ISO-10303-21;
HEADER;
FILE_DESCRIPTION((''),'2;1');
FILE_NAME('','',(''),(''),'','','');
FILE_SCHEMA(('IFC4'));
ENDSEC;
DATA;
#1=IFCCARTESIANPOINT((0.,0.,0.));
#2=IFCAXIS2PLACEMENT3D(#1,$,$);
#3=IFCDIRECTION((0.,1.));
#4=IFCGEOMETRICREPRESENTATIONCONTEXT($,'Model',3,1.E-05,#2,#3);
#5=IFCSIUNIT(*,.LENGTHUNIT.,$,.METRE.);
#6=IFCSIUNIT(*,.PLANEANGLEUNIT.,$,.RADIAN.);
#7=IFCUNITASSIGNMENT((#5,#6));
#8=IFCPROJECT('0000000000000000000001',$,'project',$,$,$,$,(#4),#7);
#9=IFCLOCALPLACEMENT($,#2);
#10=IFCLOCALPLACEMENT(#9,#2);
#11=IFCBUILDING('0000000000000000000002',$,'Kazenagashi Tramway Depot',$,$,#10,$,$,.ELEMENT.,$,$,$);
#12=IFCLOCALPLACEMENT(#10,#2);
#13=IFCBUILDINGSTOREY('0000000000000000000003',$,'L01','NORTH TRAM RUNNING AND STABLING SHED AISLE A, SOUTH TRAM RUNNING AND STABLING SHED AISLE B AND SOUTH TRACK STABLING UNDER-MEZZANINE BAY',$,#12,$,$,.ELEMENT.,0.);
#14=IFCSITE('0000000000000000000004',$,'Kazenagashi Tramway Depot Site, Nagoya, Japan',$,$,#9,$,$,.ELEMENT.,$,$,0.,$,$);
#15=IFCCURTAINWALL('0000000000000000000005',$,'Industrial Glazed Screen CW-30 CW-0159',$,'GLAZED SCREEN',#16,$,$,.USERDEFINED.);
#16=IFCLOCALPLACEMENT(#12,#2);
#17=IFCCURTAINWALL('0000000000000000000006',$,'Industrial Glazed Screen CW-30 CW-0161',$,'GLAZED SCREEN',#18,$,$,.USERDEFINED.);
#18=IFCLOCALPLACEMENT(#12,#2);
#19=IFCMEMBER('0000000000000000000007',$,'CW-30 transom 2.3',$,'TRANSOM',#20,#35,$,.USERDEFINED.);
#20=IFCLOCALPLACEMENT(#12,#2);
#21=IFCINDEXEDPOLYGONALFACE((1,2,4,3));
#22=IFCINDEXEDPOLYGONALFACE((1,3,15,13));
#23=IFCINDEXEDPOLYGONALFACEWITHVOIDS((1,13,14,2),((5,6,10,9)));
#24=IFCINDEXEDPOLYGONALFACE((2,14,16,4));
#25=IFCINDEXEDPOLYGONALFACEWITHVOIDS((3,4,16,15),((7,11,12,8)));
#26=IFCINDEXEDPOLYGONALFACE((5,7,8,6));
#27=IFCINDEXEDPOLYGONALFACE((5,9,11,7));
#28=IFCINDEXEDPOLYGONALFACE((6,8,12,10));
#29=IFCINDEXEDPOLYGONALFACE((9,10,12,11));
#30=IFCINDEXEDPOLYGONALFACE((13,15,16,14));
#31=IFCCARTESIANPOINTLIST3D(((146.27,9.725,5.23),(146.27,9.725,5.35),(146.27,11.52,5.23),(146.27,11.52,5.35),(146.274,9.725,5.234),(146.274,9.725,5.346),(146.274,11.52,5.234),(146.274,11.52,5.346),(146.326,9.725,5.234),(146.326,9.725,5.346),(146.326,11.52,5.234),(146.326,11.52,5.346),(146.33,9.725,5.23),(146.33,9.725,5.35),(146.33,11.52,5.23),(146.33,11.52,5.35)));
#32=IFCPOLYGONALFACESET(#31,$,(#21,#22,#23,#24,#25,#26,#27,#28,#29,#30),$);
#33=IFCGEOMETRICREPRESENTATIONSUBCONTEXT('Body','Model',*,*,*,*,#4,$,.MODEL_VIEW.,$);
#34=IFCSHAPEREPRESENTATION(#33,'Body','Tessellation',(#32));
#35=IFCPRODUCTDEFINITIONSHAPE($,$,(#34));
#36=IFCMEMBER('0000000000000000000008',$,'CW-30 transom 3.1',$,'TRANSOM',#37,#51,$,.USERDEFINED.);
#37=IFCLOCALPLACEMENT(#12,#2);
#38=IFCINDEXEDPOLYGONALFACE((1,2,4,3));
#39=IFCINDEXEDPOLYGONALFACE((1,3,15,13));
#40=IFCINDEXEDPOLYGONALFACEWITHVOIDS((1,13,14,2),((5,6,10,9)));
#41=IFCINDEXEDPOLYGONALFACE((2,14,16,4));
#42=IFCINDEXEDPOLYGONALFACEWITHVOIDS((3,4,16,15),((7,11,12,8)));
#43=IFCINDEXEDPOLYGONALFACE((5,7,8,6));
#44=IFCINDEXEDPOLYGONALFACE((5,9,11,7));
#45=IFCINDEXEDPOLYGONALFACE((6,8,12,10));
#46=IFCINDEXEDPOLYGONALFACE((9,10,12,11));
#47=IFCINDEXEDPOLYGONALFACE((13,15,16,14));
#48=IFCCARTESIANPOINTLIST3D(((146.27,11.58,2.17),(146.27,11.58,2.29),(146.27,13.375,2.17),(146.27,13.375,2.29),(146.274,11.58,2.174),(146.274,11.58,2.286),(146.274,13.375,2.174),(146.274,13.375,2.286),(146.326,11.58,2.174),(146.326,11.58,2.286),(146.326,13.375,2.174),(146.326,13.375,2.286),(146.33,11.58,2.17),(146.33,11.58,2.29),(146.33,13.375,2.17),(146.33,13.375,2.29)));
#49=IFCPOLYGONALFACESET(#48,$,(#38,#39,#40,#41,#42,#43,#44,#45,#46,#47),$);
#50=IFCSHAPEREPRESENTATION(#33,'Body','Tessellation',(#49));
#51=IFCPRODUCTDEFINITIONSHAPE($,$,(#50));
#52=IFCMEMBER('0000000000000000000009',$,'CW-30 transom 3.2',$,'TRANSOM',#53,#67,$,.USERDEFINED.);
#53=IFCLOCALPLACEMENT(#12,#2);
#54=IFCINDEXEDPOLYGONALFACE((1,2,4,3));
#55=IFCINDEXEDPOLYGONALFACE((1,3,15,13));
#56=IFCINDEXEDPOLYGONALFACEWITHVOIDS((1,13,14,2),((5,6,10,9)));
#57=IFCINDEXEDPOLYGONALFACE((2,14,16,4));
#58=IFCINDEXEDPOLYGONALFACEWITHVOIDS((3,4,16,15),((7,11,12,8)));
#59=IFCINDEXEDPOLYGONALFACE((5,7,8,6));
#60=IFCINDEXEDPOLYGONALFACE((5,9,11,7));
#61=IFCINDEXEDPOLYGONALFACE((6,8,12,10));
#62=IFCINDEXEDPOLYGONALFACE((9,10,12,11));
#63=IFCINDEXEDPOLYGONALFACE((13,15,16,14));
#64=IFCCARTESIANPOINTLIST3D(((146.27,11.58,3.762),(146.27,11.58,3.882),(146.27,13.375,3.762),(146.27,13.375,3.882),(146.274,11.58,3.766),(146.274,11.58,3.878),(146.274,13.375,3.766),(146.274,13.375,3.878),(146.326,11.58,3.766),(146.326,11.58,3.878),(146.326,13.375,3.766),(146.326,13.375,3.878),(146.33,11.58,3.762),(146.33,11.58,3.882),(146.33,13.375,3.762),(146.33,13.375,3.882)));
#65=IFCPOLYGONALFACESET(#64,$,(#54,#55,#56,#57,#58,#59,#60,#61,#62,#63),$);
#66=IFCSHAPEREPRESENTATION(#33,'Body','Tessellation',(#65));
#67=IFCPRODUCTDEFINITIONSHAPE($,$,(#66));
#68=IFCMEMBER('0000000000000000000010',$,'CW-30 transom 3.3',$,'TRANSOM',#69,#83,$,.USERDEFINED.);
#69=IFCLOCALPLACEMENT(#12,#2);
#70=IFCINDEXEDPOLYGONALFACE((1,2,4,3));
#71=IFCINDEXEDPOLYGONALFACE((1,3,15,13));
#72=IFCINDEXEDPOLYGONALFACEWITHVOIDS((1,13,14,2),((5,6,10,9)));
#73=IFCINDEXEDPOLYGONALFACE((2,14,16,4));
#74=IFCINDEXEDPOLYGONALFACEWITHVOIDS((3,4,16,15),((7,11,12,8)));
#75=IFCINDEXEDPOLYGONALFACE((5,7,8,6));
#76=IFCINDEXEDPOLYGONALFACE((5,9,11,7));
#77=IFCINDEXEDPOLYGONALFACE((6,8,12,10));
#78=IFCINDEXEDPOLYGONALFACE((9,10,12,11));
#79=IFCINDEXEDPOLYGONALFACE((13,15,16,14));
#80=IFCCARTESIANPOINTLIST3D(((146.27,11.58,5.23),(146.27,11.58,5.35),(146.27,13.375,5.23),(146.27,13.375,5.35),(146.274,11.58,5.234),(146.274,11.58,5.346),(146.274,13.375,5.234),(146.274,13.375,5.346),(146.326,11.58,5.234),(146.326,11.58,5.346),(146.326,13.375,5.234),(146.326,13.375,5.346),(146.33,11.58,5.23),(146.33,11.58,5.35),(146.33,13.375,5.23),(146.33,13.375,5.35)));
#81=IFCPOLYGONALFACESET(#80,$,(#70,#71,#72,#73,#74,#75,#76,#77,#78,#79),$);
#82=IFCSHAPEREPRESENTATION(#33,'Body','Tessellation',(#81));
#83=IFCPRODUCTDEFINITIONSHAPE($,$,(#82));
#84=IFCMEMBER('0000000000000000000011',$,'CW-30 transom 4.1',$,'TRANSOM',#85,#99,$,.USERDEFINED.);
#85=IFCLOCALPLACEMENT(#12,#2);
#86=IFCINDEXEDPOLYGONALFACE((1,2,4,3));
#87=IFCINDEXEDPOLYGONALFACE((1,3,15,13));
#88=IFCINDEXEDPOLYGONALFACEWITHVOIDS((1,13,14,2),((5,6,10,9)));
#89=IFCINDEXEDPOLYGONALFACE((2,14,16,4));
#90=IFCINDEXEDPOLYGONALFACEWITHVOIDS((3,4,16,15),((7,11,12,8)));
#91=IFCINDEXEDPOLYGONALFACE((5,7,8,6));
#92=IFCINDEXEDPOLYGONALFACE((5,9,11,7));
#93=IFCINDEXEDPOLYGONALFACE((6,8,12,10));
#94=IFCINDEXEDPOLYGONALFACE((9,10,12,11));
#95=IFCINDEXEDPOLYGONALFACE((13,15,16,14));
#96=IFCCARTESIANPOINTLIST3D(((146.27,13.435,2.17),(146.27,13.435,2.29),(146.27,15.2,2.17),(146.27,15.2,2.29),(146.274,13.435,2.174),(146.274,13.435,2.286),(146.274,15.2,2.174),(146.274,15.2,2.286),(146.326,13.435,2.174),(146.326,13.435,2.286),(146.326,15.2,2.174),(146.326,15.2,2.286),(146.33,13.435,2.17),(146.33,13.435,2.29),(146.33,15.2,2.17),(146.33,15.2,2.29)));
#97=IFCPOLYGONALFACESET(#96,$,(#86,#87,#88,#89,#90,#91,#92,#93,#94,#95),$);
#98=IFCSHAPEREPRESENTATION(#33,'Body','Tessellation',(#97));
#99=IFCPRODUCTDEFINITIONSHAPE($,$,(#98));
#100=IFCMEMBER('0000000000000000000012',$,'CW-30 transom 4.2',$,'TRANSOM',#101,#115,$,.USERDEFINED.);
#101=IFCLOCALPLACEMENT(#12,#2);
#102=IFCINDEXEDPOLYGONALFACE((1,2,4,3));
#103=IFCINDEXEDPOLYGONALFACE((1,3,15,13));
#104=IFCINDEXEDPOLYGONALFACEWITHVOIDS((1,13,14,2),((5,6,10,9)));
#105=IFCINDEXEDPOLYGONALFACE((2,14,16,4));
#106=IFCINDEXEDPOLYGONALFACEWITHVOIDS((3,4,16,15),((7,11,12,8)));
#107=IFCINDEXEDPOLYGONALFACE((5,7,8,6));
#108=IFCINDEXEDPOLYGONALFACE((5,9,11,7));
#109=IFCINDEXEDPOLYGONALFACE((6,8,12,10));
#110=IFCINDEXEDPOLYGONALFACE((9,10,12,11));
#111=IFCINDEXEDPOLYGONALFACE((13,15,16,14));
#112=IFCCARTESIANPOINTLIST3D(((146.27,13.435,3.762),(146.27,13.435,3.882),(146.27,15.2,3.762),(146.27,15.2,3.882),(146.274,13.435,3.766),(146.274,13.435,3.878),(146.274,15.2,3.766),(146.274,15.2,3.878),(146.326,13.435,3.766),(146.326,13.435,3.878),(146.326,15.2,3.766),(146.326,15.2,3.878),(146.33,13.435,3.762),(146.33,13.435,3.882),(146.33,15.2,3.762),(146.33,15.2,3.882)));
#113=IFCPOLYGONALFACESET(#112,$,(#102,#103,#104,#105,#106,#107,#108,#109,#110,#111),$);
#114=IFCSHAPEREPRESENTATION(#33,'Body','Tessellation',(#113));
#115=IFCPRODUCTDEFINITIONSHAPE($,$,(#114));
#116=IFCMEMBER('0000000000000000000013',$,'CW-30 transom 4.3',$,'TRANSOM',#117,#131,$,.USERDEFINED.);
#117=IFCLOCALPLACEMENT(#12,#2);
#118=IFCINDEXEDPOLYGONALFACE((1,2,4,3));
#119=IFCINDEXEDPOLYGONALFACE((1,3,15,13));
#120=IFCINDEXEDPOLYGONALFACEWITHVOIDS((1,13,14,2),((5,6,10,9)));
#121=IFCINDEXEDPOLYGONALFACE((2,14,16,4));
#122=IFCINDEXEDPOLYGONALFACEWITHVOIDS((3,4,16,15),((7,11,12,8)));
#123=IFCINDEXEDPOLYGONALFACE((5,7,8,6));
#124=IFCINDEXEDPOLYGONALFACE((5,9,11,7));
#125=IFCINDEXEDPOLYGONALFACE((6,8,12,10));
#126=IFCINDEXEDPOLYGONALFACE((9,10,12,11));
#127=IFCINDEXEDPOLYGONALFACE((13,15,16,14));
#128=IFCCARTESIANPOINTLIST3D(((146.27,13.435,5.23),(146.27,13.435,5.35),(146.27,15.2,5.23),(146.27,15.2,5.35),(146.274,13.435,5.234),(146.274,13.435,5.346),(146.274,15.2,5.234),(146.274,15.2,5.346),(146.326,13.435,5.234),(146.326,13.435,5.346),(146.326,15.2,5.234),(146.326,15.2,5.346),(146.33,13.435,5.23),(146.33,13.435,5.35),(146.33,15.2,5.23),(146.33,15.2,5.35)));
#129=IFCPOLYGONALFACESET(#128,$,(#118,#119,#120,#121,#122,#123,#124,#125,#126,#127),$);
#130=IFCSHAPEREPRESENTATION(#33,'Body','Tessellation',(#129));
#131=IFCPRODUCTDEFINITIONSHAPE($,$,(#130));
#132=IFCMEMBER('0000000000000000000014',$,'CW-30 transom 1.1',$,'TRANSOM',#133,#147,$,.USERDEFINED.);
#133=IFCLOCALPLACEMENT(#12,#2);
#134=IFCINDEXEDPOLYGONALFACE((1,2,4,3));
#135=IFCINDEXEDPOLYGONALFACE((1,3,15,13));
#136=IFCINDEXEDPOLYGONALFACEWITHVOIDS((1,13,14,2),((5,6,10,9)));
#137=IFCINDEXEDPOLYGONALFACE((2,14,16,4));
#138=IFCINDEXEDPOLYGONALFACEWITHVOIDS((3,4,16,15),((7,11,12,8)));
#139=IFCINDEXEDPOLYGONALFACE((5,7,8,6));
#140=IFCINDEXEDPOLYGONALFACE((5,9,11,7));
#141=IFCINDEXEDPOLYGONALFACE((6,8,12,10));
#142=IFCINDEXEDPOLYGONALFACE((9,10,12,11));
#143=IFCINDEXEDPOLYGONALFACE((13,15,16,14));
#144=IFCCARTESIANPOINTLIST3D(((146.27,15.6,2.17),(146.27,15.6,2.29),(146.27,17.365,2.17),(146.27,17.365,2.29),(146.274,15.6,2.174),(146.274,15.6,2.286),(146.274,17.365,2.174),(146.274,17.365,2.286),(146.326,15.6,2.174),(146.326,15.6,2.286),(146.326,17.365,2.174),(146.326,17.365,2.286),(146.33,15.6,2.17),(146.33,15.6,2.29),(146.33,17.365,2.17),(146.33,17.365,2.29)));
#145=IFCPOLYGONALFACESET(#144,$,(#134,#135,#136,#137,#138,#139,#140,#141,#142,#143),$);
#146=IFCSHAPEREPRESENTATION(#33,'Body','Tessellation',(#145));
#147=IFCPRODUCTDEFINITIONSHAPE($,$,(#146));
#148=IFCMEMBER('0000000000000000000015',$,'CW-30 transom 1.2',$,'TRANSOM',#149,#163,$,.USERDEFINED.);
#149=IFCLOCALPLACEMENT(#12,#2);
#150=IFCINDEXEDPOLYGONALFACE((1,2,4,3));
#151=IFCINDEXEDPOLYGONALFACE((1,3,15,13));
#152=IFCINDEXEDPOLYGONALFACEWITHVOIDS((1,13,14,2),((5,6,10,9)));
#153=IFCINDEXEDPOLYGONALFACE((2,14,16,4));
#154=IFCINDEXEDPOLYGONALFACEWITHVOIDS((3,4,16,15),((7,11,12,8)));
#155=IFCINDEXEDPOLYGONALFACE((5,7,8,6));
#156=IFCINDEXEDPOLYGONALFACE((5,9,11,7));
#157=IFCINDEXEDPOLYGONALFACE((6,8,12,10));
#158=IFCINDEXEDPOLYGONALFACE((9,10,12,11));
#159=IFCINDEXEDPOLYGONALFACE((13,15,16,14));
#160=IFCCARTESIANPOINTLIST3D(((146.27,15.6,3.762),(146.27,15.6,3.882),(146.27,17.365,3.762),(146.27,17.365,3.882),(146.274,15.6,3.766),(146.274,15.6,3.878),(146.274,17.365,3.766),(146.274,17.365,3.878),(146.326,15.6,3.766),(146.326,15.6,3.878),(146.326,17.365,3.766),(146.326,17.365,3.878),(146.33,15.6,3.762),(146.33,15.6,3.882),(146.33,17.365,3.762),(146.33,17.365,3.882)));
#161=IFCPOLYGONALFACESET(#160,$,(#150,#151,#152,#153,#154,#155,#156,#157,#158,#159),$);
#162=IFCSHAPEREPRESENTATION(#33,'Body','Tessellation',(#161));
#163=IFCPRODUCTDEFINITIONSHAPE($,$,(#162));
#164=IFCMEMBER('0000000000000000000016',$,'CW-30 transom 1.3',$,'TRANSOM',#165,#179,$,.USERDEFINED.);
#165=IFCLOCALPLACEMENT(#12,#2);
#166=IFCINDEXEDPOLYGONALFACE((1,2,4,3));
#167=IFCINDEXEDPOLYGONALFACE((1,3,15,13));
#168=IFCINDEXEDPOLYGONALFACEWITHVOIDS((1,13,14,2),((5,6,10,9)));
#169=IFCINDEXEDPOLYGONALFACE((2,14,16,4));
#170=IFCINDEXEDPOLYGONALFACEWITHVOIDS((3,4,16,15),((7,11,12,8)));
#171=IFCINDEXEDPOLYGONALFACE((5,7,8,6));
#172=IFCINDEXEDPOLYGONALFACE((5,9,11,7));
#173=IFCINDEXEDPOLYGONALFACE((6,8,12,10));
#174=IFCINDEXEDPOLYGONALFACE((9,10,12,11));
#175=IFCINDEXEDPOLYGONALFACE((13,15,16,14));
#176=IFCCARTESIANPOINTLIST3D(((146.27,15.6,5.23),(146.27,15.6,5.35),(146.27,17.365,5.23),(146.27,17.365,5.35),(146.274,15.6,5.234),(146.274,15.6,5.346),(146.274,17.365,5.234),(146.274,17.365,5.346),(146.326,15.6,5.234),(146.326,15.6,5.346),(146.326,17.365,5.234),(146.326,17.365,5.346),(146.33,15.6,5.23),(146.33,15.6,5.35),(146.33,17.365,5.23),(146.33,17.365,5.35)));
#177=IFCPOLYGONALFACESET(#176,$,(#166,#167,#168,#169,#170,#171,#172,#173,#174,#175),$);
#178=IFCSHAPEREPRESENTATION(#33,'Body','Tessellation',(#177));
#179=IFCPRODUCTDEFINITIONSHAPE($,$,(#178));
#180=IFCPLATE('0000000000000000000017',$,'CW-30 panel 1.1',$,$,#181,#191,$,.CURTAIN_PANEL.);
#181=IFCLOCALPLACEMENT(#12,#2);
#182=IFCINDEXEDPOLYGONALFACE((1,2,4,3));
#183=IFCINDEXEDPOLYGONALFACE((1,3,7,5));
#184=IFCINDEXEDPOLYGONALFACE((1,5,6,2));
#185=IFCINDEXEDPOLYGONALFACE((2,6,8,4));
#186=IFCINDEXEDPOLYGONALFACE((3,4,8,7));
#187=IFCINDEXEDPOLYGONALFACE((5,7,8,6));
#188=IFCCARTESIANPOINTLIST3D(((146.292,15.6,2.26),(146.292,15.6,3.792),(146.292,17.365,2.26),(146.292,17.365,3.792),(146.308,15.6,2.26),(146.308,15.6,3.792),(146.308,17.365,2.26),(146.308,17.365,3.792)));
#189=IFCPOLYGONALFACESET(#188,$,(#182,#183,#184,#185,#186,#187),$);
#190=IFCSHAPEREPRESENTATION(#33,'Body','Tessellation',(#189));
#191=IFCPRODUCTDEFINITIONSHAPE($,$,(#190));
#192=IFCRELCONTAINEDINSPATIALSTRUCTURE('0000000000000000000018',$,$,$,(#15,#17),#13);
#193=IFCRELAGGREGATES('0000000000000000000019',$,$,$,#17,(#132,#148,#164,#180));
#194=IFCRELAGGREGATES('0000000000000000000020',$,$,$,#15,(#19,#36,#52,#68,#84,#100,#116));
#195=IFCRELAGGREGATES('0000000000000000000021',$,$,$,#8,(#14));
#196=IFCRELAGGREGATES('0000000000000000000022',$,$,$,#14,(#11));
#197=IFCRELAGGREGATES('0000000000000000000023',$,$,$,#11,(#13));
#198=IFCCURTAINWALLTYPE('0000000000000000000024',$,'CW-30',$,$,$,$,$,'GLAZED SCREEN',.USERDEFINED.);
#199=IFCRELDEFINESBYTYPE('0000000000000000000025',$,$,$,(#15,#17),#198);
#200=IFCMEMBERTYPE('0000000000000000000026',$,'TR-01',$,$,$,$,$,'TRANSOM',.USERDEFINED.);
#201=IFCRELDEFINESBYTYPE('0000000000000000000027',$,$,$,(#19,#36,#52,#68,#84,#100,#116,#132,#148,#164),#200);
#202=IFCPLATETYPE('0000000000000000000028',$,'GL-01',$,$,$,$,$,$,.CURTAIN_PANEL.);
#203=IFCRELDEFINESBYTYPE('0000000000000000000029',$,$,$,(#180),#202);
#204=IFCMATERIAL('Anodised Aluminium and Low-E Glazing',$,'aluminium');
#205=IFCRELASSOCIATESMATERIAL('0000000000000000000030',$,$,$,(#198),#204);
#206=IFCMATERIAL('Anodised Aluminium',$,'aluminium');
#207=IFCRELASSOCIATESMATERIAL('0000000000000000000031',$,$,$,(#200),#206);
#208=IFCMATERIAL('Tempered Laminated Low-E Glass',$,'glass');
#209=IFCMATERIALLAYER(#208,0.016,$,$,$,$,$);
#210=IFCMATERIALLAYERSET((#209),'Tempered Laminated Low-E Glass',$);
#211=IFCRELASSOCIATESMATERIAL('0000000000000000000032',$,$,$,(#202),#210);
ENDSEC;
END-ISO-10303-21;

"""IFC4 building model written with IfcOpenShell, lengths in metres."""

from ifc_helpers import new_model, si_unit, direction, frame, origin, origin_2d, place, context, subcontext, project, spatial, rectangle, hollow_rectangle, extrude, material, layer, layer_set, material_profile, profile_set, type_object, element, aggregate, save


model = new_model("IFC4")

# Units and contexts
model_context = context("Model", 3, precision=1e-05, world=origin(), true_north=direction((0.0, 1.0)))
body_context = subcontext(model_context, "Body", "Model", "MODEL_VIEW")
ifc_project = project(units=[si_unit("LENGTHUNIT", "METRE"), si_unit("PLANEANGLEUNIT", "RADIAN")], contexts=[model_context])

# Site, building, storey
site_placement = place(None, origin())
site = spatial("IfcSite", under=ifc_project, at=site_placement, Name="Kazenagashi Tramway Depot Site, Nagoya, Japan", CompositionType="ELEMENT", RefElevation=0.0)
building_placement = place(site_placement, origin())
building = spatial("IfcBuilding", under=site, at=building_placement, Name="Kazenagashi Tramway Depot", CompositionType="ELEMENT")
storey_placement = place(building_placement, origin())
storey = spatial("IfcBuildingStorey", under=building, at=storey_placement, Name="L01", Description="NORTH TRAM RUNNING AND STABLING SHED AISLE A, SOUTH TRAM RUNNING AND STABLING SHED AISLE B AND SOUTH TRACK STABLING UNDER-MEZZANINE BAY", CompositionType="ELEMENT", Elevation=0.0)

# Curtain wall
ifc_material_1 = material(Name="Anodised Aluminium and Low-E Glazing", Category="aluminium")
curtain_wall_type = type_object("IfcCurtainWallType", Name="CW-30", ElementType="GLAZED SCREEN", PredefinedType="USERDEFINED", material=ifc_material_1)
curtain_wall_1_placement = place(storey_placement, origin())
curtain_wall_1 = element("IfcCurtainWall", 1, at=curtain_wall_1_placement, inside=storey, type_object=curtain_wall_type, Name="Industrial Glazed Screen CW-30 CW-0159", ObjectType="GLAZED SCREEN", PredefinedType="USERDEFINED")
ifc_material_2 = material(Name="Anodised Aluminium", Category="aluminium")

# Curtain wall
curtain_wall_2_placement = place(storey_placement, origin())
curtain_wall_2 = element("IfcCurtainWall", 2, at=curtain_wall_2_placement, inside=storey, type_object=curtain_wall_type, Name="Industrial Glazed Screen CW-30 CW-0161", ObjectType="GLAZED SCREEN", PredefinedType="USERDEFINED")

# Members
ifc_material_profile_1 = material_profile(ifc_material_2, hollow_rectangle(XDim=0.06, YDim=0.12, WallThickness=0.004, at=origin_2d()), Name="RHS-120x60x4")
ifc_profile_set_1 = profile_set([ifc_material_profile_1], Name="Anodised Aluminium")
member_type_1 = type_object("IfcMemberType", Name="TR-01", ElementType="TRANSOM", PredefinedType="USERDEFINED", material=ifc_profile_set_1)
member_1_placement = place(storey_placement, frame((146.3, 9.725, 5.29), z_axis=(0.0, 1.0, 0.0), x_axis=(-1.0, 0.0, 0.0)))
member_1 = element("IfcMember", 3, at=member_1_placement, type_object=member_type_1, Name="CW-30 transom 2.3", ObjectType="TRANSOM", PredefinedType="USERDEFINED", context=body_context, shape_type="SweptSolid", body=[
    extrude(hollow_rectangle(XDim=0.06, YDim=0.12, WallThickness=0.004, at=origin_2d()), origin(), (0.0, 0.0, 1.0), 1.795),
])
member_2_placement = place(storey_placement, frame((146.3, 11.58, 2.23), z_axis=(0.0, 1.0, 0.0), x_axis=(-1.0, 0.0, 0.0)))
member_2 = element("IfcMember", 4, at=member_2_placement, type_object=member_type_1, Name="CW-30 transom 3.1", ObjectType="TRANSOM", PredefinedType="USERDEFINED", context=body_context, shape_type="SweptSolid", body=[
    extrude(hollow_rectangle(XDim=0.06, YDim=0.12, WallThickness=0.004, at=origin_2d()), origin(), (0.0, 0.0, 1.0), 1.795),
])
member_3_placement = place(storey_placement, frame((146.3, 11.58, 3.822), z_axis=(0.0, 1.0, 0.0), x_axis=(-1.0, 0.0, 0.0)))
member_3 = element("IfcMember", 5, at=member_3_placement, type_object=member_type_1, Name="CW-30 transom 3.2", ObjectType="TRANSOM", PredefinedType="USERDEFINED", context=body_context, shape_type="SweptSolid", body=[
    extrude(hollow_rectangle(XDim=0.06, YDim=0.12, WallThickness=0.004, at=origin_2d()), origin(), (0.0, 0.0, 1.0), 1.795),
])
member_4_placement = place(storey_placement, frame((146.3, 11.58, 5.29), z_axis=(0.0, 1.0, 0.0), x_axis=(-1.0, 0.0, 0.0)))
member_4 = element("IfcMember", 6, at=member_4_placement, type_object=member_type_1, Name="CW-30 transom 3.3", ObjectType="TRANSOM", PredefinedType="USERDEFINED", context=body_context, shape_type="SweptSolid", body=[
    extrude(hollow_rectangle(XDim=0.06, YDim=0.12, WallThickness=0.004, at=origin_2d()), origin(), (0.0, 0.0, 1.0), 1.795),
])
member_5_placement = place(storey_placement, frame((146.3, 13.435, 2.23), z_axis=(0.0, 1.0, 0.0), x_axis=(-1.0, 0.0, 0.0)))
member_5 = element("IfcMember", 7, at=member_5_placement, type_object=member_type_1, Name="CW-30 transom 4.1", ObjectType="TRANSOM", PredefinedType="USERDEFINED", context=body_context, shape_type="SweptSolid", body=[
    extrude(hollow_rectangle(XDim=0.06, YDim=0.12, WallThickness=0.004, at=origin_2d()), origin(), (0.0, 0.0, 1.0), 1.765),
])
member_6_placement = place(storey_placement, frame((146.3, 13.435, 3.822), z_axis=(0.0, 1.0, 0.0), x_axis=(-1.0, 0.0, 0.0)))
member_6 = element("IfcMember", 8, at=member_6_placement, type_object=member_type_1, Name="CW-30 transom 4.2", ObjectType="TRANSOM", PredefinedType="USERDEFINED", context=body_context, shape_type="SweptSolid", body=[
    extrude(hollow_rectangle(XDim=0.06, YDim=0.12, WallThickness=0.004, at=origin_2d()), origin(), (0.0, 0.0, 1.0), 1.765),
])
member_7_placement = place(storey_placement, frame((146.3, 13.435, 5.29), z_axis=(0.0, 1.0, 0.0), x_axis=(-1.0, 0.0, 0.0)))
member_7 = element("IfcMember", 9, at=member_7_placement, type_object=member_type_1, Name="CW-30 transom 4.3", ObjectType="TRANSOM", PredefinedType="USERDEFINED", context=body_context, shape_type="SweptSolid", body=[
    extrude(hollow_rectangle(XDim=0.06, YDim=0.12, WallThickness=0.004, at=origin_2d()), origin(), (0.0, 0.0, 1.0), 1.765),
])
member_8_placement = place(storey_placement, frame((146.3, 15.6, 2.23), z_axis=(0.0, 1.0, 0.0), x_axis=(-1.0, 0.0, 0.0)))
member_8 = element("IfcMember", 10, at=member_8_placement, type_object=member_type_1, Name="CW-30 transom 1.1", ObjectType="TRANSOM", PredefinedType="USERDEFINED", context=body_context, shape_type="SweptSolid", body=[
    extrude(hollow_rectangle(XDim=0.06, YDim=0.12, WallThickness=0.004, at=origin_2d()), origin(), (0.0, 0.0, 1.0), 1.765),
])
member_9_placement = place(storey_placement, frame((146.3, 15.6, 3.822), z_axis=(0.0, 1.0, 0.0), x_axis=(-1.0, 0.0, 0.0)))
member_9 = element("IfcMember", 11, at=member_9_placement, type_object=member_type_1, Name="CW-30 transom 1.2", ObjectType="TRANSOM", PredefinedType="USERDEFINED", context=body_context, shape_type="SweptSolid", body=[
    extrude(hollow_rectangle(XDim=0.06, YDim=0.12, WallThickness=0.004, at=origin_2d()), origin(), (0.0, 0.0, 1.0), 1.765),
])
member_10_placement = place(storey_placement, frame((146.3, 15.6, 5.29), z_axis=(0.0, 1.0, 0.0), x_axis=(-1.0, 0.0, 0.0)))
member_10 = element("IfcMember", 12, at=member_10_placement, type_object=member_type_1, Name="CW-30 transom 1.3", ObjectType="TRANSOM", PredefinedType="USERDEFINED", context=body_context, shape_type="SweptSolid", body=[
    extrude(hollow_rectangle(XDim=0.06, YDim=0.12, WallThickness=0.004, at=origin_2d()), origin(), (0.0, 0.0, 1.0), 1.765),
])

# Plate
ifc_material_3 = material(Name="Tempered Laminated Low-E Glass", Category="glass")
ifc_layer_1 = layer(ifc_material_3, 0.016)
ifc_layer_set_1 = layer_set([ifc_layer_1], Name="Tempered Laminated Low-E Glass")
plate_type_1 = type_object("IfcPlateType", Name="GL-01", PredefinedType="CURTAIN_PANEL", material=ifc_layer_set_1)
plate_1_placement = place(storey_placement, frame((146.3, 16.4825, 2.26), z_axis=(0.0, 0.0, 1.0), x_axis=(0.0, 1.0, 0.0)))
plate_1 = element("IfcPlate", 13, at=plate_1_placement, type_object=plate_type_1, Name="CW-30 panel 1.1", PredefinedType="CURTAIN_PANEL", context=body_context, shape_type="SweptSolid", body=[
    extrude(rectangle(XDim=1.765, YDim=0.016, at=origin_2d()), origin(), (0.0, 0.0, 1.0), 1.532),
])
aggregate(curtain_wall_2, [member_8, member_9, member_10, plate_1])
aggregate(curtain_wall_1, [member_1, member_2, member_3, member_4, member_5, member_6, member_7])

save(model, "model.ifc")
